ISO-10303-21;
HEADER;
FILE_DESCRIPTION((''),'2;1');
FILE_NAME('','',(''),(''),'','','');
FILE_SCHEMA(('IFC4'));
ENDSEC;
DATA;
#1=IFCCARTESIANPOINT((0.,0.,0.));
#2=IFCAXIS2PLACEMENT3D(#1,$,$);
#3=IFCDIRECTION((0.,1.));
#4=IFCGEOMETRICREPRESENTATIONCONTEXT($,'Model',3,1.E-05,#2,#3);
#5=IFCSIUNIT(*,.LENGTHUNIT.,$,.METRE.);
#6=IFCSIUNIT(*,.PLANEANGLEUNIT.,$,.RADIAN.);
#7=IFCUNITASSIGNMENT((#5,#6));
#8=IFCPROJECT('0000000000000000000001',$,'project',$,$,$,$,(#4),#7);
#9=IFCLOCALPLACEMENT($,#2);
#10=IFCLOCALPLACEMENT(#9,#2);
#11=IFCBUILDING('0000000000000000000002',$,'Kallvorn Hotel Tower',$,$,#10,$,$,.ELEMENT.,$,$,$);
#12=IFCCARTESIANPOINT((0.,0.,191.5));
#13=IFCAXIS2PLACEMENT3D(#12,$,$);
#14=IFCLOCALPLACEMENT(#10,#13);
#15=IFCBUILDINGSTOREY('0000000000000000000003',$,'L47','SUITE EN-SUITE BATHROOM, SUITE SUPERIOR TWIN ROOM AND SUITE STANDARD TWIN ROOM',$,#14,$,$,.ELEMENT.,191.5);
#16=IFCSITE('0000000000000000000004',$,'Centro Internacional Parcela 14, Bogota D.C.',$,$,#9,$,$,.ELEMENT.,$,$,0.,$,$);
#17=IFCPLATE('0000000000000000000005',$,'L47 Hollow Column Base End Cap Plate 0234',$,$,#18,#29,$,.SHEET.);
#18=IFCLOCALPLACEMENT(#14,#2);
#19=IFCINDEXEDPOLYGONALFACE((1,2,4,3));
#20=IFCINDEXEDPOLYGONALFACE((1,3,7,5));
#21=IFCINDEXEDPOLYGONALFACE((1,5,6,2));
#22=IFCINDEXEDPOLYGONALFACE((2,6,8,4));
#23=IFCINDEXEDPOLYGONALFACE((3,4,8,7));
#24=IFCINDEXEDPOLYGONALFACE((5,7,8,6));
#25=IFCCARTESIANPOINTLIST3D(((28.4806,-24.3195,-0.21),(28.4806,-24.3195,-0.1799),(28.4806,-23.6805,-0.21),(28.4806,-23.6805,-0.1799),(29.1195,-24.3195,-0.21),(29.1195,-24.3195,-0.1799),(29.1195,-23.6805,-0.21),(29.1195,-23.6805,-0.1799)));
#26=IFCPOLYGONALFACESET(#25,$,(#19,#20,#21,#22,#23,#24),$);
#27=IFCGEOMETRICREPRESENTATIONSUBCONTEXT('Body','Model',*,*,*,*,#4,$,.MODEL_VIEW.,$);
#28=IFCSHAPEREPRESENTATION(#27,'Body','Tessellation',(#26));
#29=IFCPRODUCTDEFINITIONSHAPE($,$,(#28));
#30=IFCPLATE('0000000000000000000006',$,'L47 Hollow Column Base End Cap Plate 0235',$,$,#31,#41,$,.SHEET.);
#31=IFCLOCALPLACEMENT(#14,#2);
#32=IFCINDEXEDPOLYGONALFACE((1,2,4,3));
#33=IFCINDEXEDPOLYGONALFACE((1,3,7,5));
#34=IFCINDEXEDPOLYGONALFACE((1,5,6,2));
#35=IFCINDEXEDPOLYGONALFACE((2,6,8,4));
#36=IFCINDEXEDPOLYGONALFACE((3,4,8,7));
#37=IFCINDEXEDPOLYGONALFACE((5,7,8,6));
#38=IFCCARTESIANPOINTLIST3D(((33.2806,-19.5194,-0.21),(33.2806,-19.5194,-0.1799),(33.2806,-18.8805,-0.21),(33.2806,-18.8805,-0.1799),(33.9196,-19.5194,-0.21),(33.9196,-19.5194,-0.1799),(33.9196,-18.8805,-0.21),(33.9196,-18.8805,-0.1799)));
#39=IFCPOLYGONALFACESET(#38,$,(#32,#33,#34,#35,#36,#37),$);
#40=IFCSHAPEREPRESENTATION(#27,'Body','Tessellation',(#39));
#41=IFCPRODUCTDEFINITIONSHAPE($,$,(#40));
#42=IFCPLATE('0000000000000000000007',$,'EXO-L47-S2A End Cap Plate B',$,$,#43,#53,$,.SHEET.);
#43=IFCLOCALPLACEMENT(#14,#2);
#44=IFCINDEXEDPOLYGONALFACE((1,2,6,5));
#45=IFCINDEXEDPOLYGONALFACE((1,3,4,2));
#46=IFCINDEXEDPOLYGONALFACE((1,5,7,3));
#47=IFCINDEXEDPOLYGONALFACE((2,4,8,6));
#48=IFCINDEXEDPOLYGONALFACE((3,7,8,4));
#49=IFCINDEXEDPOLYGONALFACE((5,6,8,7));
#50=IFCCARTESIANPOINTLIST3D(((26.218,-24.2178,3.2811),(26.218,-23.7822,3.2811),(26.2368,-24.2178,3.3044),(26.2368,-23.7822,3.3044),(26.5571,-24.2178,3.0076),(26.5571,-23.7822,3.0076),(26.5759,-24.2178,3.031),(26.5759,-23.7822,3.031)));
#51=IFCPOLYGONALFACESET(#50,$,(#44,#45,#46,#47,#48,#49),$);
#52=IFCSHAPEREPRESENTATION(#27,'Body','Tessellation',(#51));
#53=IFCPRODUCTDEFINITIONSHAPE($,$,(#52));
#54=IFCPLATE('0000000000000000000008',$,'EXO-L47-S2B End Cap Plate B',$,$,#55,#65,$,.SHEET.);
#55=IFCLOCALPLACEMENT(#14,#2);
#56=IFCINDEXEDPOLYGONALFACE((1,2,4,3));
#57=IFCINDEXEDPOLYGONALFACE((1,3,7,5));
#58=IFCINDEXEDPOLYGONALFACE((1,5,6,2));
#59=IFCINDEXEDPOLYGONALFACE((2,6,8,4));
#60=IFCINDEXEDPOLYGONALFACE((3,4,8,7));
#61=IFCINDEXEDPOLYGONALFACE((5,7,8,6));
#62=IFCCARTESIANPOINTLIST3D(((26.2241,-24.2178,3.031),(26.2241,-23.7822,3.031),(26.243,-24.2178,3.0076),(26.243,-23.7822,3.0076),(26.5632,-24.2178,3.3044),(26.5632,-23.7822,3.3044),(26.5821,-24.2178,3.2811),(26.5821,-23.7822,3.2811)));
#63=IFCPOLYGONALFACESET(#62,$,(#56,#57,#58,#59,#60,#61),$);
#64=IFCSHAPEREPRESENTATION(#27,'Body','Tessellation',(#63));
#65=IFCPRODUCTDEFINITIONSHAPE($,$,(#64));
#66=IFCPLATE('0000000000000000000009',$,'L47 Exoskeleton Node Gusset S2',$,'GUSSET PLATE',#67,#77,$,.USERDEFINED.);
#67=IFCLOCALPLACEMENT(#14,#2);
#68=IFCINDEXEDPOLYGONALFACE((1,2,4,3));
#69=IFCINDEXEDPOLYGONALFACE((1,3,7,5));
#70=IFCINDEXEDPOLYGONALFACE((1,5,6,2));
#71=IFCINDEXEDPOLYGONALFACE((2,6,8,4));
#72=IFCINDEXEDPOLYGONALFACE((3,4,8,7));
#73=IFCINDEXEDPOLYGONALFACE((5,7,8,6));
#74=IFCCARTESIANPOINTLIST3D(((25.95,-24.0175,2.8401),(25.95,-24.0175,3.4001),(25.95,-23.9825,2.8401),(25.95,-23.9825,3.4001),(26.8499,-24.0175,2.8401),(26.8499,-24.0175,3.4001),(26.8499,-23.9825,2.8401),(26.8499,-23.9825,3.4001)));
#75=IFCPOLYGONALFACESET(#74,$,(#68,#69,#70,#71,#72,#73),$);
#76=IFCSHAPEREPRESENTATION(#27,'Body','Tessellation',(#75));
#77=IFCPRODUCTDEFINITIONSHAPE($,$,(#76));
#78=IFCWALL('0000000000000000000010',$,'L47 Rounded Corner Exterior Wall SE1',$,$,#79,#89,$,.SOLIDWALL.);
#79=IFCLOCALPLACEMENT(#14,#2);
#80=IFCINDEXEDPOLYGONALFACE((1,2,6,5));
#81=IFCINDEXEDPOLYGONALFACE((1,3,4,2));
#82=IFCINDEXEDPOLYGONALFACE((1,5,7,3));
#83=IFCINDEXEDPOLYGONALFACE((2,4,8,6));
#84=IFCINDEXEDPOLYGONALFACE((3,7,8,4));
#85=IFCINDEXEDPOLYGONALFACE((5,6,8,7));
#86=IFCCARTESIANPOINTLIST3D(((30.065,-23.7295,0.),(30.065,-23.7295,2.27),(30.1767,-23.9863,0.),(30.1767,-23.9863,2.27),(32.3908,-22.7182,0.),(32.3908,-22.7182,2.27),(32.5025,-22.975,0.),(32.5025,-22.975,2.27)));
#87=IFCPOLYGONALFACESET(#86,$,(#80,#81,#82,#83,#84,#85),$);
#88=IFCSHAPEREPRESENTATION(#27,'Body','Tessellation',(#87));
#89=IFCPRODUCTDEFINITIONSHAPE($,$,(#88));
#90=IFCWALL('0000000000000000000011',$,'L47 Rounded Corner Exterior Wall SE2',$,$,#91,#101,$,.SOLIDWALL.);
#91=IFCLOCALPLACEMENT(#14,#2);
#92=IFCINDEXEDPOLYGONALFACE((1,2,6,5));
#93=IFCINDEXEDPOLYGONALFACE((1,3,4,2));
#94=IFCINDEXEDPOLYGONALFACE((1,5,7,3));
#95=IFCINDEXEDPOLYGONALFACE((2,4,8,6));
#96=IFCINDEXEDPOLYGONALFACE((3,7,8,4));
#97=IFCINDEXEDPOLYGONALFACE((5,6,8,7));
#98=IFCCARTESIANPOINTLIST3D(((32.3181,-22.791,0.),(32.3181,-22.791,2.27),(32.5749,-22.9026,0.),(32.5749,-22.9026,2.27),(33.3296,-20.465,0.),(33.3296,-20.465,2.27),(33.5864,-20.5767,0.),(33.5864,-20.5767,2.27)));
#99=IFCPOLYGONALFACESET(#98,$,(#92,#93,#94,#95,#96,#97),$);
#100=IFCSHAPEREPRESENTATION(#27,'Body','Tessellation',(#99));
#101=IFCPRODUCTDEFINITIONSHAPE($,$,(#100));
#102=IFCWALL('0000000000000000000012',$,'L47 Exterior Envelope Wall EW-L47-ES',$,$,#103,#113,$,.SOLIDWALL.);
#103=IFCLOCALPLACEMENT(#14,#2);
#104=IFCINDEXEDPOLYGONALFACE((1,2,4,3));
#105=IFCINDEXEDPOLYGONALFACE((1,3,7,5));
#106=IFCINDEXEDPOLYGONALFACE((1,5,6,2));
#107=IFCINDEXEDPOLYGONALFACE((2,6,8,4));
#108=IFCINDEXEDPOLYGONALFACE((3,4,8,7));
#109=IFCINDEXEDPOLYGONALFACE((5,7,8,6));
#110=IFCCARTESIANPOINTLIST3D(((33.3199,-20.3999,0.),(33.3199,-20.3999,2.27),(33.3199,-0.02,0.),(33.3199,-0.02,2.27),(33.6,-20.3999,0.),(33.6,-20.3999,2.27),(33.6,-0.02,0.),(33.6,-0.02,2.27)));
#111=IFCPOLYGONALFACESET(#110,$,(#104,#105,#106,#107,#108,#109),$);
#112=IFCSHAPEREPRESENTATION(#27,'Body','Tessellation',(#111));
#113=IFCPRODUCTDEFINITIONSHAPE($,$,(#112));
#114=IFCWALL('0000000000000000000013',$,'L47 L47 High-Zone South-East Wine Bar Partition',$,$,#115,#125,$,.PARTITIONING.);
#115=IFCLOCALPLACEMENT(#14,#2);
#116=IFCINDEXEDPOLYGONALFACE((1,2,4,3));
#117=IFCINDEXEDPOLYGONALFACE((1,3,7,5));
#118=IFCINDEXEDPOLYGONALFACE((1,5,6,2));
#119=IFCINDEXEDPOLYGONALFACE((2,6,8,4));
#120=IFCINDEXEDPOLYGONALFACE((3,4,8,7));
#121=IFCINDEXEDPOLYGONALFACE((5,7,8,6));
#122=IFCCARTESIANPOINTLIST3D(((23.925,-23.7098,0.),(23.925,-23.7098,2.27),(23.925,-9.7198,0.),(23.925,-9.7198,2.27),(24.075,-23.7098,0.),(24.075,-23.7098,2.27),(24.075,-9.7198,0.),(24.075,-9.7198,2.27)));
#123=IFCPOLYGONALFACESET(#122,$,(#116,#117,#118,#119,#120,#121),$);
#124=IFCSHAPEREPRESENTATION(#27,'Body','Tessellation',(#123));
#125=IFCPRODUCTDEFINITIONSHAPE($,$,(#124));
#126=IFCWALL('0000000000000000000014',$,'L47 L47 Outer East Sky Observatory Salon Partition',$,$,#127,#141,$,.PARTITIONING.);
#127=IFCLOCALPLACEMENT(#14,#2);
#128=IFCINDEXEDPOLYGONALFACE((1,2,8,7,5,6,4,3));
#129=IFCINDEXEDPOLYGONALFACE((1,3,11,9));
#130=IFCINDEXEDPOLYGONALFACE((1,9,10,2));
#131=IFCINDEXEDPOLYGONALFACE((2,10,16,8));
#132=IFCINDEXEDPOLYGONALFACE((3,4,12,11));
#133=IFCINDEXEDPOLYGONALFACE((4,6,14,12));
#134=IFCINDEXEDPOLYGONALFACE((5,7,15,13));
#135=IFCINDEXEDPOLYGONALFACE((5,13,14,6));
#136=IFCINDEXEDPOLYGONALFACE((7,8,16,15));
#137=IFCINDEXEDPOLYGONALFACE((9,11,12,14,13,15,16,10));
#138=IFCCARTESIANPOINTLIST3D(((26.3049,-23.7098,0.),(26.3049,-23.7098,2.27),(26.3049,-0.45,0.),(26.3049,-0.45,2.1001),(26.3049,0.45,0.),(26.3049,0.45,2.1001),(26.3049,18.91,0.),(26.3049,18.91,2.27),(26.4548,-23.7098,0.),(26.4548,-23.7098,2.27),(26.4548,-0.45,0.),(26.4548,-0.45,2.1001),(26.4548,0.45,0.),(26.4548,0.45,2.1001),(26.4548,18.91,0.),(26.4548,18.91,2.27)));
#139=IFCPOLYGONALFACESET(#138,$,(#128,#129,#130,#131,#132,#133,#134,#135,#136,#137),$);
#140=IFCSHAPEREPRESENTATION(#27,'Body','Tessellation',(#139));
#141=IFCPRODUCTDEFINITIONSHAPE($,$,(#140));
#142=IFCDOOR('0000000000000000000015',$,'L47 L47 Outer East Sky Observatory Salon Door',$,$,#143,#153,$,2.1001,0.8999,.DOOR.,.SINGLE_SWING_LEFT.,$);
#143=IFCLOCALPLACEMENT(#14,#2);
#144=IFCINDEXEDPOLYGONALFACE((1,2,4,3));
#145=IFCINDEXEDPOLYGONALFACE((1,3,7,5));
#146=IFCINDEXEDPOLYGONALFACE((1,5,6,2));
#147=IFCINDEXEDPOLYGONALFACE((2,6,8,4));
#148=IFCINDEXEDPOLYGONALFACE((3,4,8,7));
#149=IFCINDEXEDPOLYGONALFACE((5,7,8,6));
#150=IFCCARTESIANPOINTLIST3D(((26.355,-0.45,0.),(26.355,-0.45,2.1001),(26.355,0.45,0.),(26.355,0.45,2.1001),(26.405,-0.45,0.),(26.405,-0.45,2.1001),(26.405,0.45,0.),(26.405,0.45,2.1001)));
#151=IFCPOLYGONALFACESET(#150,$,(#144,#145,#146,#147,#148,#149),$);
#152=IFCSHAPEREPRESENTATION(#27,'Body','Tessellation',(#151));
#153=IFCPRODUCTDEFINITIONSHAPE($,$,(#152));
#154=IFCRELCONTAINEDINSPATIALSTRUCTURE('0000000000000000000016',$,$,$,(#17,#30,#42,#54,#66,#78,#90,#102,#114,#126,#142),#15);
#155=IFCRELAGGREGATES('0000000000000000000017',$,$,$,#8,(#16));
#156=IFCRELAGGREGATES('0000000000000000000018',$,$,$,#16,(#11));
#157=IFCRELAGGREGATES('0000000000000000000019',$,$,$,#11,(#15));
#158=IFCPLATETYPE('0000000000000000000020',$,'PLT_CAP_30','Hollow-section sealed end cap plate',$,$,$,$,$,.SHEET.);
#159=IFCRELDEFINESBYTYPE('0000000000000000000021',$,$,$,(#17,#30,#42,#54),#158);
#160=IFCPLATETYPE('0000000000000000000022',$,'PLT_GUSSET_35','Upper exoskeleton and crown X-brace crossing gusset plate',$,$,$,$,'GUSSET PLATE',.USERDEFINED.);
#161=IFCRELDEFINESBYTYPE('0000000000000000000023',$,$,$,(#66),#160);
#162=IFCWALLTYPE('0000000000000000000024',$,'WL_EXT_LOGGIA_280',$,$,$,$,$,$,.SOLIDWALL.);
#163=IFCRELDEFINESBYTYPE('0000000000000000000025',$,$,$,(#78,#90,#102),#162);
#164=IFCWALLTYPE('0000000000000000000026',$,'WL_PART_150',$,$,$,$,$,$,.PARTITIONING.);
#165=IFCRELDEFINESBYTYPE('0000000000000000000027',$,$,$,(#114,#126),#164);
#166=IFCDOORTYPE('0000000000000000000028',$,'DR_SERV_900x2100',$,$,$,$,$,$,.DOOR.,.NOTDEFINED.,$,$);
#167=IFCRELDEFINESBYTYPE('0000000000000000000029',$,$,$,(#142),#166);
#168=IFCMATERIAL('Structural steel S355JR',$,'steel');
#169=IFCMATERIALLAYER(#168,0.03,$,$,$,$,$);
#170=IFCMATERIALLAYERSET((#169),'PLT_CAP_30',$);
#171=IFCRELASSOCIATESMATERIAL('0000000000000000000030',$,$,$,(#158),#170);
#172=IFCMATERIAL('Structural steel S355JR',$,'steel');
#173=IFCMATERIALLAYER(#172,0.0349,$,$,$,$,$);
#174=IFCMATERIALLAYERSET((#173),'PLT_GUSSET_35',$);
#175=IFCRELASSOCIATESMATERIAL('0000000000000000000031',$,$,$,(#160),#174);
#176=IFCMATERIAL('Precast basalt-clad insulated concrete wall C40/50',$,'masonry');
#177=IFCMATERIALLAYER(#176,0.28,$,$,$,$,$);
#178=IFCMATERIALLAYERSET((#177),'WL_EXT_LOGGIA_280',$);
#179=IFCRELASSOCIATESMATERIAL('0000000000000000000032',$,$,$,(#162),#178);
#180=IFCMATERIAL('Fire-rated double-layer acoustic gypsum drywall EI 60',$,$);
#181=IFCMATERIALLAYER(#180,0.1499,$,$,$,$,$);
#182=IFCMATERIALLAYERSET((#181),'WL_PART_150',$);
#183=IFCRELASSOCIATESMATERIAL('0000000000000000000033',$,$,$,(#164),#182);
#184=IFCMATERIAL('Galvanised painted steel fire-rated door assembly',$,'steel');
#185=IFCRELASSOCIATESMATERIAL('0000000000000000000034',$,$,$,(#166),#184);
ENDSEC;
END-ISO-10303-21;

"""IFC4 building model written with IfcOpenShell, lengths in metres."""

from ifc_helpers import new_model, si_unit, direction, frame, frame_2d, origin, origin_2d, place, context, subcontext, project, spatial, polyline, rectangle, outline, extrude, material, layer, layer_set, type_object, element, fill, save


model = new_model("IFC4")

# Units and contexts
model_context = context("Model", 3, precision=1e-05, world=origin(), true_north=direction((0.0, 1.0)))
body_context = subcontext(model_context, "Body", "Model", "MODEL_VIEW")
ifc_project = project(units=[si_unit("LENGTHUNIT", "METRE"), si_unit("PLANEANGLEUNIT", "RADIAN")], contexts=[model_context])

# Site, building, storey
site_placement = place(None, origin())
site = spatial("IfcSite", under=ifc_project, at=site_placement, Name="Centro Internacional Parcela 14, Bogota D.C.", CompositionType="ELEMENT", RefElevation=0.0)
building_placement = place(site_placement, origin())
building = spatial("IfcBuilding", under=site, at=building_placement, Name="Kallvorn Hotel Tower", CompositionType="ELEMENT")
storey_placement = place(building_placement, frame((0.0, 0.0, 191.5)))
storey = spatial("IfcBuildingStorey", under=building, at=storey_placement, Name="L47", Description="SUITE EN-SUITE BATHROOM, SUITE SUPERIOR TWIN ROOM AND SUITE STANDARD TWIN ROOM", CompositionType="ELEMENT", Elevation=191.5)

# Plates
ifc_material_1 = material(Name="Structural steel S355JR", Category="steel")
ifc_layer_1 = layer(ifc_material_1, 0.03)
ifc_layer_set_1 = layer_set([ifc_layer_1], Name="PLT_CAP_30")
plate_type_1 = type_object("IfcPlateType", Name="PLT_CAP_30", Description="Hollow-section sealed end cap plate", PredefinedType="SHEET", material=ifc_layer_set_1)
for number, where, z_axis, x_axis, name in (
    (1, (28.8, -24.0, -0.21), (0.0, 0.0, 1.0), (1.0, 0.0, 0.0), "L47 Hollow Column Base End Cap Plate 0234"),
    (2, (33.6001, -19.2, -0.21), (0.0, 0.0, 1.0), (1.0, 0.0, 0.0), "L47 Hollow Column Base End Cap Plate 0235"),
):
    element("IfcPlate", number, at=place(storey_placement, frame(where, z_axis=z_axis, x_axis=x_axis)), inside=storey, type_object=plate_type_1, Name=name, PredefinedType="SHEET", context=body_context, shape_type="SweptSolid", body=[
        extrude(rectangle(XDim=0.6389, YDim=0.6389, at=origin_2d()), origin(), (0.0, 0.0, 1.0), 0.03),
    ])
for number, where, z_axis, x_axis, name in (
    (3, (26.5759, -24.2178, 3.031), (0.627698, 0.0, 0.778457), (0.0, 1.0, 0.0), "EXO-L47-S2A End Cap Plate B"),
    (4, (26.2241, -23.7822, 3.031), (-0.627698, 0.0, 0.778457), (0.0, -1.0, 0.0), "EXO-L47-S2B End Cap Plate B"),
):
    element("IfcPlate", number, at=place(storey_placement, frame(where, z_axis=z_axis, x_axis=x_axis)), inside=storey, type_object=plate_type_1, Name=name, PredefinedType="SHEET", context=body_context, shape_type="SweptSolid", body=[
        extrude(outline(polyline([(0.0, 0.0), (0.4355, 0.0), (0.4355, 0.4356), (0.0, 0.4356), (0.0, 0.0)])), origin(), (0.0, 0.0, -1.0), 0.03),
    ])
ifc_material_2 = material(Name="Structural steel S355JR", Category="steel")
ifc_layer_2 = layer(ifc_material_2, 0.0349)
ifc_layer_set_2 = layer_set([ifc_layer_2], Name="PLT_GUSSET_35")
plate_type_2 = type_object("IfcPlateType", Name="PLT_GUSSET_35", Description="Upper exoskeleton and crown X-brace crossing gusset plate", ElementType="GUSSET PLATE", PredefinedType="USERDEFINED", material=ifc_layer_set_2)
plate_placement = place(storey_placement, frame((26.3999, -24.0, 2.8401), z_axis=(0.0, 0.0, 1.0), x_axis=(1.0, 0.0, 0.0)))
element("IfcPlate", 5, at=plate_placement, inside=storey, type_object=plate_type_2, Name="L47 Exoskeleton Node Gusset S2", ObjectType="GUSSET PLATE", PredefinedType="USERDEFINED", context=body_context, shape_type="SweptSolid", body=[
    extrude(rectangle(XDim=0.8999, YDim=0.0349, at=origin_2d()), origin(), (0.0, 0.0, 1.0), 0.5601),
])

# Walls
ifc_material_3 = material(Name="Precast basalt-clad insulated concrete wall C40/50", Category="masonry")
ifc_layer_3 = layer(ifc_material_3, 0.28)
ifc_layer_set_3 = layer_set([ifc_layer_3], Name="WL_EXT_LOGGIA_280")
wall_type_1 = type_object("IfcWallType", Name="WL_EXT_LOGGIA_280", PredefinedType="SOLIDWALL", material=ifc_layer_set_3)
wall_1_placement = place(storey_placement, frame((30.1208, -23.8579, 0.0), z_axis=(0.0, 0.0, 1.0), x_axis=(0.917061, 0.398747, 0.0)))
element("IfcWall", 6, at=wall_1_placement, inside=storey, type_object=wall_type_1, Name="L47 Rounded Corner Exterior Wall SE1", PredefinedType="SOLIDWALL", context=body_context, shape_type="SweptSolid", body=[
    extrude(rectangle(XDim=2.5361, YDim=0.28, at=frame_2d((1.2681, 0.0))), origin(), (0.0, 0.0, 1.0), 2.27),
])
wall_2_placement = place(storey_placement, frame((32.4465, -22.8467, 0.0), z_axis=(0.0, 0.0, 1.0), x_axis=(0.398793, 0.917041, 0.0)))
element("IfcWall", 7, at=wall_2_placement, inside=storey, type_object=wall_type_1, Name="L47 Rounded Corner Exterior Wall SE2", PredefinedType="SOLIDWALL", context=body_context, shape_type="SweptSolid", body=[
    extrude(rectangle(XDim=2.5364, YDim=0.28, at=frame_2d((1.2681, 0.0))), origin(), (0.0, 0.0, 1.0), 2.27),
])
wall_3_placement = place(storey_placement, frame((33.46, -20.3999, 0.0), z_axis=(0.0, 0.0, 1.0), x_axis=(0.0, 1.0, 0.0)))
element("IfcWall", 8, at=wall_3_placement, inside=storey, type_object=wall_type_1, Name="L47 Exterior Envelope Wall EW-L47-ES", PredefinedType="SOLIDWALL", context=body_context, shape_type="SweptSolid", body=[
    extrude(rectangle(XDim=20.3799, YDim=0.28, at=frame_2d((10.1899, 0.0))), origin(), (0.0, 0.0, 1.0), 2.27),
])
ifc_material_4 = material(Name="Fire-rated double-layer acoustic gypsum drywall EI 60")
ifc_layer_4 = layer(ifc_material_4, 0.1499)
ifc_layer_set_4 = layer_set([ifc_layer_4], Name="WL_PART_150")
wall_type_2 = type_object("IfcWallType", Name="WL_PART_150", PredefinedType="PARTITIONING", material=ifc_layer_set_4)
wall_4_placement = place(storey_placement, frame((24.0, -23.71, 0.0), z_axis=(0.0, 0.0, 1.0), x_axis=(0.0, 1.0, 0.0)))
element("IfcWall", 9, at=wall_4_placement, inside=storey, type_object=wall_type_2, Name="L47 L47 High-Zone South-East Wine Bar Partition", PredefinedType="PARTITIONING", context=body_context, shape_type="SweptSolid", body=[
    extrude(rectangle(XDim=13.99, YDim=0.1499, at=frame_2d((6.9951, 0.0))), origin(), (0.0, 0.0, 1.0), 2.27),
])

# Wall, opening, door
wall_5_placement = place(storey_placement, frame((26.3799, -23.71, 0.0), z_axis=(0.0, 0.0, 1.0), x_axis=(0.0, 1.0, 0.0)))
wall_5 = element("IfcWall", 10, at=wall_5_placement, inside=storey, type_object=wall_type_2, Name="L47 L47 Outer East Sky Observatory Salon Partition", PredefinedType="PARTITIONING", context=body_context, shape_type="SweptSolid", body=[
    extrude(rectangle(XDim=42.6199, YDim=0.1499, at=frame_2d((21.3101, 0.0))), origin(), (0.0, 0.0, 1.0), 2.27),
])
opening_placement = place(wall_5_placement, frame((23.26, 0.0, 0.0)))
opening = element("IfcOpeningElement", 11, at=opening_placement, cuts=wall_5, PredefinedType="OPENING", context=body_context, shape_type="SweptSolid", body=[
    extrude(rectangle(XDim=0.8999, YDim=2.1001, at=frame_2d((0.45, 1.05))), frame((0.0, 0.0898, 0.0), z_axis=(0.0, -1.0, 0.0), x_axis=(1.0, 0.0, 0.0)), (0.0, 0.0, 1.0), 0.1799),
])
ifc_material_5 = material(Name="Galvanised painted steel fire-rated door assembly", Category="steel")
door_type = type_object("IfcDoorType", Name="DR_SERV_900x2100", OperationType="NOTDEFINED", PredefinedType="DOOR", material=ifc_material_5)
door_placement = place(opening_placement, origin())
door = element("IfcDoor", 12, at=door_placement, inside=storey, type_object=door_type, Name="L47 L47 Outer East Sky Observatory Salon Door", OperationType="SINGLE_SWING_LEFT", OverallHeight=2.1001, OverallWidth=0.8999, PredefinedType="DOOR", context=body_context, shape_type="SweptSolid", body=[
    extrude(rectangle(XDim=0.8999, YDim=2.1001, at=frame_2d((0.45, 1.05))), frame((0.0, 0.0249, 0.0), z_axis=(0.0, -1.0, 0.0), x_axis=(1.0, 0.0, 0.0)), (0.0, 0.0, 1.0), 0.05),
])
fill(opening, door)

save(model, "model.ifc")
